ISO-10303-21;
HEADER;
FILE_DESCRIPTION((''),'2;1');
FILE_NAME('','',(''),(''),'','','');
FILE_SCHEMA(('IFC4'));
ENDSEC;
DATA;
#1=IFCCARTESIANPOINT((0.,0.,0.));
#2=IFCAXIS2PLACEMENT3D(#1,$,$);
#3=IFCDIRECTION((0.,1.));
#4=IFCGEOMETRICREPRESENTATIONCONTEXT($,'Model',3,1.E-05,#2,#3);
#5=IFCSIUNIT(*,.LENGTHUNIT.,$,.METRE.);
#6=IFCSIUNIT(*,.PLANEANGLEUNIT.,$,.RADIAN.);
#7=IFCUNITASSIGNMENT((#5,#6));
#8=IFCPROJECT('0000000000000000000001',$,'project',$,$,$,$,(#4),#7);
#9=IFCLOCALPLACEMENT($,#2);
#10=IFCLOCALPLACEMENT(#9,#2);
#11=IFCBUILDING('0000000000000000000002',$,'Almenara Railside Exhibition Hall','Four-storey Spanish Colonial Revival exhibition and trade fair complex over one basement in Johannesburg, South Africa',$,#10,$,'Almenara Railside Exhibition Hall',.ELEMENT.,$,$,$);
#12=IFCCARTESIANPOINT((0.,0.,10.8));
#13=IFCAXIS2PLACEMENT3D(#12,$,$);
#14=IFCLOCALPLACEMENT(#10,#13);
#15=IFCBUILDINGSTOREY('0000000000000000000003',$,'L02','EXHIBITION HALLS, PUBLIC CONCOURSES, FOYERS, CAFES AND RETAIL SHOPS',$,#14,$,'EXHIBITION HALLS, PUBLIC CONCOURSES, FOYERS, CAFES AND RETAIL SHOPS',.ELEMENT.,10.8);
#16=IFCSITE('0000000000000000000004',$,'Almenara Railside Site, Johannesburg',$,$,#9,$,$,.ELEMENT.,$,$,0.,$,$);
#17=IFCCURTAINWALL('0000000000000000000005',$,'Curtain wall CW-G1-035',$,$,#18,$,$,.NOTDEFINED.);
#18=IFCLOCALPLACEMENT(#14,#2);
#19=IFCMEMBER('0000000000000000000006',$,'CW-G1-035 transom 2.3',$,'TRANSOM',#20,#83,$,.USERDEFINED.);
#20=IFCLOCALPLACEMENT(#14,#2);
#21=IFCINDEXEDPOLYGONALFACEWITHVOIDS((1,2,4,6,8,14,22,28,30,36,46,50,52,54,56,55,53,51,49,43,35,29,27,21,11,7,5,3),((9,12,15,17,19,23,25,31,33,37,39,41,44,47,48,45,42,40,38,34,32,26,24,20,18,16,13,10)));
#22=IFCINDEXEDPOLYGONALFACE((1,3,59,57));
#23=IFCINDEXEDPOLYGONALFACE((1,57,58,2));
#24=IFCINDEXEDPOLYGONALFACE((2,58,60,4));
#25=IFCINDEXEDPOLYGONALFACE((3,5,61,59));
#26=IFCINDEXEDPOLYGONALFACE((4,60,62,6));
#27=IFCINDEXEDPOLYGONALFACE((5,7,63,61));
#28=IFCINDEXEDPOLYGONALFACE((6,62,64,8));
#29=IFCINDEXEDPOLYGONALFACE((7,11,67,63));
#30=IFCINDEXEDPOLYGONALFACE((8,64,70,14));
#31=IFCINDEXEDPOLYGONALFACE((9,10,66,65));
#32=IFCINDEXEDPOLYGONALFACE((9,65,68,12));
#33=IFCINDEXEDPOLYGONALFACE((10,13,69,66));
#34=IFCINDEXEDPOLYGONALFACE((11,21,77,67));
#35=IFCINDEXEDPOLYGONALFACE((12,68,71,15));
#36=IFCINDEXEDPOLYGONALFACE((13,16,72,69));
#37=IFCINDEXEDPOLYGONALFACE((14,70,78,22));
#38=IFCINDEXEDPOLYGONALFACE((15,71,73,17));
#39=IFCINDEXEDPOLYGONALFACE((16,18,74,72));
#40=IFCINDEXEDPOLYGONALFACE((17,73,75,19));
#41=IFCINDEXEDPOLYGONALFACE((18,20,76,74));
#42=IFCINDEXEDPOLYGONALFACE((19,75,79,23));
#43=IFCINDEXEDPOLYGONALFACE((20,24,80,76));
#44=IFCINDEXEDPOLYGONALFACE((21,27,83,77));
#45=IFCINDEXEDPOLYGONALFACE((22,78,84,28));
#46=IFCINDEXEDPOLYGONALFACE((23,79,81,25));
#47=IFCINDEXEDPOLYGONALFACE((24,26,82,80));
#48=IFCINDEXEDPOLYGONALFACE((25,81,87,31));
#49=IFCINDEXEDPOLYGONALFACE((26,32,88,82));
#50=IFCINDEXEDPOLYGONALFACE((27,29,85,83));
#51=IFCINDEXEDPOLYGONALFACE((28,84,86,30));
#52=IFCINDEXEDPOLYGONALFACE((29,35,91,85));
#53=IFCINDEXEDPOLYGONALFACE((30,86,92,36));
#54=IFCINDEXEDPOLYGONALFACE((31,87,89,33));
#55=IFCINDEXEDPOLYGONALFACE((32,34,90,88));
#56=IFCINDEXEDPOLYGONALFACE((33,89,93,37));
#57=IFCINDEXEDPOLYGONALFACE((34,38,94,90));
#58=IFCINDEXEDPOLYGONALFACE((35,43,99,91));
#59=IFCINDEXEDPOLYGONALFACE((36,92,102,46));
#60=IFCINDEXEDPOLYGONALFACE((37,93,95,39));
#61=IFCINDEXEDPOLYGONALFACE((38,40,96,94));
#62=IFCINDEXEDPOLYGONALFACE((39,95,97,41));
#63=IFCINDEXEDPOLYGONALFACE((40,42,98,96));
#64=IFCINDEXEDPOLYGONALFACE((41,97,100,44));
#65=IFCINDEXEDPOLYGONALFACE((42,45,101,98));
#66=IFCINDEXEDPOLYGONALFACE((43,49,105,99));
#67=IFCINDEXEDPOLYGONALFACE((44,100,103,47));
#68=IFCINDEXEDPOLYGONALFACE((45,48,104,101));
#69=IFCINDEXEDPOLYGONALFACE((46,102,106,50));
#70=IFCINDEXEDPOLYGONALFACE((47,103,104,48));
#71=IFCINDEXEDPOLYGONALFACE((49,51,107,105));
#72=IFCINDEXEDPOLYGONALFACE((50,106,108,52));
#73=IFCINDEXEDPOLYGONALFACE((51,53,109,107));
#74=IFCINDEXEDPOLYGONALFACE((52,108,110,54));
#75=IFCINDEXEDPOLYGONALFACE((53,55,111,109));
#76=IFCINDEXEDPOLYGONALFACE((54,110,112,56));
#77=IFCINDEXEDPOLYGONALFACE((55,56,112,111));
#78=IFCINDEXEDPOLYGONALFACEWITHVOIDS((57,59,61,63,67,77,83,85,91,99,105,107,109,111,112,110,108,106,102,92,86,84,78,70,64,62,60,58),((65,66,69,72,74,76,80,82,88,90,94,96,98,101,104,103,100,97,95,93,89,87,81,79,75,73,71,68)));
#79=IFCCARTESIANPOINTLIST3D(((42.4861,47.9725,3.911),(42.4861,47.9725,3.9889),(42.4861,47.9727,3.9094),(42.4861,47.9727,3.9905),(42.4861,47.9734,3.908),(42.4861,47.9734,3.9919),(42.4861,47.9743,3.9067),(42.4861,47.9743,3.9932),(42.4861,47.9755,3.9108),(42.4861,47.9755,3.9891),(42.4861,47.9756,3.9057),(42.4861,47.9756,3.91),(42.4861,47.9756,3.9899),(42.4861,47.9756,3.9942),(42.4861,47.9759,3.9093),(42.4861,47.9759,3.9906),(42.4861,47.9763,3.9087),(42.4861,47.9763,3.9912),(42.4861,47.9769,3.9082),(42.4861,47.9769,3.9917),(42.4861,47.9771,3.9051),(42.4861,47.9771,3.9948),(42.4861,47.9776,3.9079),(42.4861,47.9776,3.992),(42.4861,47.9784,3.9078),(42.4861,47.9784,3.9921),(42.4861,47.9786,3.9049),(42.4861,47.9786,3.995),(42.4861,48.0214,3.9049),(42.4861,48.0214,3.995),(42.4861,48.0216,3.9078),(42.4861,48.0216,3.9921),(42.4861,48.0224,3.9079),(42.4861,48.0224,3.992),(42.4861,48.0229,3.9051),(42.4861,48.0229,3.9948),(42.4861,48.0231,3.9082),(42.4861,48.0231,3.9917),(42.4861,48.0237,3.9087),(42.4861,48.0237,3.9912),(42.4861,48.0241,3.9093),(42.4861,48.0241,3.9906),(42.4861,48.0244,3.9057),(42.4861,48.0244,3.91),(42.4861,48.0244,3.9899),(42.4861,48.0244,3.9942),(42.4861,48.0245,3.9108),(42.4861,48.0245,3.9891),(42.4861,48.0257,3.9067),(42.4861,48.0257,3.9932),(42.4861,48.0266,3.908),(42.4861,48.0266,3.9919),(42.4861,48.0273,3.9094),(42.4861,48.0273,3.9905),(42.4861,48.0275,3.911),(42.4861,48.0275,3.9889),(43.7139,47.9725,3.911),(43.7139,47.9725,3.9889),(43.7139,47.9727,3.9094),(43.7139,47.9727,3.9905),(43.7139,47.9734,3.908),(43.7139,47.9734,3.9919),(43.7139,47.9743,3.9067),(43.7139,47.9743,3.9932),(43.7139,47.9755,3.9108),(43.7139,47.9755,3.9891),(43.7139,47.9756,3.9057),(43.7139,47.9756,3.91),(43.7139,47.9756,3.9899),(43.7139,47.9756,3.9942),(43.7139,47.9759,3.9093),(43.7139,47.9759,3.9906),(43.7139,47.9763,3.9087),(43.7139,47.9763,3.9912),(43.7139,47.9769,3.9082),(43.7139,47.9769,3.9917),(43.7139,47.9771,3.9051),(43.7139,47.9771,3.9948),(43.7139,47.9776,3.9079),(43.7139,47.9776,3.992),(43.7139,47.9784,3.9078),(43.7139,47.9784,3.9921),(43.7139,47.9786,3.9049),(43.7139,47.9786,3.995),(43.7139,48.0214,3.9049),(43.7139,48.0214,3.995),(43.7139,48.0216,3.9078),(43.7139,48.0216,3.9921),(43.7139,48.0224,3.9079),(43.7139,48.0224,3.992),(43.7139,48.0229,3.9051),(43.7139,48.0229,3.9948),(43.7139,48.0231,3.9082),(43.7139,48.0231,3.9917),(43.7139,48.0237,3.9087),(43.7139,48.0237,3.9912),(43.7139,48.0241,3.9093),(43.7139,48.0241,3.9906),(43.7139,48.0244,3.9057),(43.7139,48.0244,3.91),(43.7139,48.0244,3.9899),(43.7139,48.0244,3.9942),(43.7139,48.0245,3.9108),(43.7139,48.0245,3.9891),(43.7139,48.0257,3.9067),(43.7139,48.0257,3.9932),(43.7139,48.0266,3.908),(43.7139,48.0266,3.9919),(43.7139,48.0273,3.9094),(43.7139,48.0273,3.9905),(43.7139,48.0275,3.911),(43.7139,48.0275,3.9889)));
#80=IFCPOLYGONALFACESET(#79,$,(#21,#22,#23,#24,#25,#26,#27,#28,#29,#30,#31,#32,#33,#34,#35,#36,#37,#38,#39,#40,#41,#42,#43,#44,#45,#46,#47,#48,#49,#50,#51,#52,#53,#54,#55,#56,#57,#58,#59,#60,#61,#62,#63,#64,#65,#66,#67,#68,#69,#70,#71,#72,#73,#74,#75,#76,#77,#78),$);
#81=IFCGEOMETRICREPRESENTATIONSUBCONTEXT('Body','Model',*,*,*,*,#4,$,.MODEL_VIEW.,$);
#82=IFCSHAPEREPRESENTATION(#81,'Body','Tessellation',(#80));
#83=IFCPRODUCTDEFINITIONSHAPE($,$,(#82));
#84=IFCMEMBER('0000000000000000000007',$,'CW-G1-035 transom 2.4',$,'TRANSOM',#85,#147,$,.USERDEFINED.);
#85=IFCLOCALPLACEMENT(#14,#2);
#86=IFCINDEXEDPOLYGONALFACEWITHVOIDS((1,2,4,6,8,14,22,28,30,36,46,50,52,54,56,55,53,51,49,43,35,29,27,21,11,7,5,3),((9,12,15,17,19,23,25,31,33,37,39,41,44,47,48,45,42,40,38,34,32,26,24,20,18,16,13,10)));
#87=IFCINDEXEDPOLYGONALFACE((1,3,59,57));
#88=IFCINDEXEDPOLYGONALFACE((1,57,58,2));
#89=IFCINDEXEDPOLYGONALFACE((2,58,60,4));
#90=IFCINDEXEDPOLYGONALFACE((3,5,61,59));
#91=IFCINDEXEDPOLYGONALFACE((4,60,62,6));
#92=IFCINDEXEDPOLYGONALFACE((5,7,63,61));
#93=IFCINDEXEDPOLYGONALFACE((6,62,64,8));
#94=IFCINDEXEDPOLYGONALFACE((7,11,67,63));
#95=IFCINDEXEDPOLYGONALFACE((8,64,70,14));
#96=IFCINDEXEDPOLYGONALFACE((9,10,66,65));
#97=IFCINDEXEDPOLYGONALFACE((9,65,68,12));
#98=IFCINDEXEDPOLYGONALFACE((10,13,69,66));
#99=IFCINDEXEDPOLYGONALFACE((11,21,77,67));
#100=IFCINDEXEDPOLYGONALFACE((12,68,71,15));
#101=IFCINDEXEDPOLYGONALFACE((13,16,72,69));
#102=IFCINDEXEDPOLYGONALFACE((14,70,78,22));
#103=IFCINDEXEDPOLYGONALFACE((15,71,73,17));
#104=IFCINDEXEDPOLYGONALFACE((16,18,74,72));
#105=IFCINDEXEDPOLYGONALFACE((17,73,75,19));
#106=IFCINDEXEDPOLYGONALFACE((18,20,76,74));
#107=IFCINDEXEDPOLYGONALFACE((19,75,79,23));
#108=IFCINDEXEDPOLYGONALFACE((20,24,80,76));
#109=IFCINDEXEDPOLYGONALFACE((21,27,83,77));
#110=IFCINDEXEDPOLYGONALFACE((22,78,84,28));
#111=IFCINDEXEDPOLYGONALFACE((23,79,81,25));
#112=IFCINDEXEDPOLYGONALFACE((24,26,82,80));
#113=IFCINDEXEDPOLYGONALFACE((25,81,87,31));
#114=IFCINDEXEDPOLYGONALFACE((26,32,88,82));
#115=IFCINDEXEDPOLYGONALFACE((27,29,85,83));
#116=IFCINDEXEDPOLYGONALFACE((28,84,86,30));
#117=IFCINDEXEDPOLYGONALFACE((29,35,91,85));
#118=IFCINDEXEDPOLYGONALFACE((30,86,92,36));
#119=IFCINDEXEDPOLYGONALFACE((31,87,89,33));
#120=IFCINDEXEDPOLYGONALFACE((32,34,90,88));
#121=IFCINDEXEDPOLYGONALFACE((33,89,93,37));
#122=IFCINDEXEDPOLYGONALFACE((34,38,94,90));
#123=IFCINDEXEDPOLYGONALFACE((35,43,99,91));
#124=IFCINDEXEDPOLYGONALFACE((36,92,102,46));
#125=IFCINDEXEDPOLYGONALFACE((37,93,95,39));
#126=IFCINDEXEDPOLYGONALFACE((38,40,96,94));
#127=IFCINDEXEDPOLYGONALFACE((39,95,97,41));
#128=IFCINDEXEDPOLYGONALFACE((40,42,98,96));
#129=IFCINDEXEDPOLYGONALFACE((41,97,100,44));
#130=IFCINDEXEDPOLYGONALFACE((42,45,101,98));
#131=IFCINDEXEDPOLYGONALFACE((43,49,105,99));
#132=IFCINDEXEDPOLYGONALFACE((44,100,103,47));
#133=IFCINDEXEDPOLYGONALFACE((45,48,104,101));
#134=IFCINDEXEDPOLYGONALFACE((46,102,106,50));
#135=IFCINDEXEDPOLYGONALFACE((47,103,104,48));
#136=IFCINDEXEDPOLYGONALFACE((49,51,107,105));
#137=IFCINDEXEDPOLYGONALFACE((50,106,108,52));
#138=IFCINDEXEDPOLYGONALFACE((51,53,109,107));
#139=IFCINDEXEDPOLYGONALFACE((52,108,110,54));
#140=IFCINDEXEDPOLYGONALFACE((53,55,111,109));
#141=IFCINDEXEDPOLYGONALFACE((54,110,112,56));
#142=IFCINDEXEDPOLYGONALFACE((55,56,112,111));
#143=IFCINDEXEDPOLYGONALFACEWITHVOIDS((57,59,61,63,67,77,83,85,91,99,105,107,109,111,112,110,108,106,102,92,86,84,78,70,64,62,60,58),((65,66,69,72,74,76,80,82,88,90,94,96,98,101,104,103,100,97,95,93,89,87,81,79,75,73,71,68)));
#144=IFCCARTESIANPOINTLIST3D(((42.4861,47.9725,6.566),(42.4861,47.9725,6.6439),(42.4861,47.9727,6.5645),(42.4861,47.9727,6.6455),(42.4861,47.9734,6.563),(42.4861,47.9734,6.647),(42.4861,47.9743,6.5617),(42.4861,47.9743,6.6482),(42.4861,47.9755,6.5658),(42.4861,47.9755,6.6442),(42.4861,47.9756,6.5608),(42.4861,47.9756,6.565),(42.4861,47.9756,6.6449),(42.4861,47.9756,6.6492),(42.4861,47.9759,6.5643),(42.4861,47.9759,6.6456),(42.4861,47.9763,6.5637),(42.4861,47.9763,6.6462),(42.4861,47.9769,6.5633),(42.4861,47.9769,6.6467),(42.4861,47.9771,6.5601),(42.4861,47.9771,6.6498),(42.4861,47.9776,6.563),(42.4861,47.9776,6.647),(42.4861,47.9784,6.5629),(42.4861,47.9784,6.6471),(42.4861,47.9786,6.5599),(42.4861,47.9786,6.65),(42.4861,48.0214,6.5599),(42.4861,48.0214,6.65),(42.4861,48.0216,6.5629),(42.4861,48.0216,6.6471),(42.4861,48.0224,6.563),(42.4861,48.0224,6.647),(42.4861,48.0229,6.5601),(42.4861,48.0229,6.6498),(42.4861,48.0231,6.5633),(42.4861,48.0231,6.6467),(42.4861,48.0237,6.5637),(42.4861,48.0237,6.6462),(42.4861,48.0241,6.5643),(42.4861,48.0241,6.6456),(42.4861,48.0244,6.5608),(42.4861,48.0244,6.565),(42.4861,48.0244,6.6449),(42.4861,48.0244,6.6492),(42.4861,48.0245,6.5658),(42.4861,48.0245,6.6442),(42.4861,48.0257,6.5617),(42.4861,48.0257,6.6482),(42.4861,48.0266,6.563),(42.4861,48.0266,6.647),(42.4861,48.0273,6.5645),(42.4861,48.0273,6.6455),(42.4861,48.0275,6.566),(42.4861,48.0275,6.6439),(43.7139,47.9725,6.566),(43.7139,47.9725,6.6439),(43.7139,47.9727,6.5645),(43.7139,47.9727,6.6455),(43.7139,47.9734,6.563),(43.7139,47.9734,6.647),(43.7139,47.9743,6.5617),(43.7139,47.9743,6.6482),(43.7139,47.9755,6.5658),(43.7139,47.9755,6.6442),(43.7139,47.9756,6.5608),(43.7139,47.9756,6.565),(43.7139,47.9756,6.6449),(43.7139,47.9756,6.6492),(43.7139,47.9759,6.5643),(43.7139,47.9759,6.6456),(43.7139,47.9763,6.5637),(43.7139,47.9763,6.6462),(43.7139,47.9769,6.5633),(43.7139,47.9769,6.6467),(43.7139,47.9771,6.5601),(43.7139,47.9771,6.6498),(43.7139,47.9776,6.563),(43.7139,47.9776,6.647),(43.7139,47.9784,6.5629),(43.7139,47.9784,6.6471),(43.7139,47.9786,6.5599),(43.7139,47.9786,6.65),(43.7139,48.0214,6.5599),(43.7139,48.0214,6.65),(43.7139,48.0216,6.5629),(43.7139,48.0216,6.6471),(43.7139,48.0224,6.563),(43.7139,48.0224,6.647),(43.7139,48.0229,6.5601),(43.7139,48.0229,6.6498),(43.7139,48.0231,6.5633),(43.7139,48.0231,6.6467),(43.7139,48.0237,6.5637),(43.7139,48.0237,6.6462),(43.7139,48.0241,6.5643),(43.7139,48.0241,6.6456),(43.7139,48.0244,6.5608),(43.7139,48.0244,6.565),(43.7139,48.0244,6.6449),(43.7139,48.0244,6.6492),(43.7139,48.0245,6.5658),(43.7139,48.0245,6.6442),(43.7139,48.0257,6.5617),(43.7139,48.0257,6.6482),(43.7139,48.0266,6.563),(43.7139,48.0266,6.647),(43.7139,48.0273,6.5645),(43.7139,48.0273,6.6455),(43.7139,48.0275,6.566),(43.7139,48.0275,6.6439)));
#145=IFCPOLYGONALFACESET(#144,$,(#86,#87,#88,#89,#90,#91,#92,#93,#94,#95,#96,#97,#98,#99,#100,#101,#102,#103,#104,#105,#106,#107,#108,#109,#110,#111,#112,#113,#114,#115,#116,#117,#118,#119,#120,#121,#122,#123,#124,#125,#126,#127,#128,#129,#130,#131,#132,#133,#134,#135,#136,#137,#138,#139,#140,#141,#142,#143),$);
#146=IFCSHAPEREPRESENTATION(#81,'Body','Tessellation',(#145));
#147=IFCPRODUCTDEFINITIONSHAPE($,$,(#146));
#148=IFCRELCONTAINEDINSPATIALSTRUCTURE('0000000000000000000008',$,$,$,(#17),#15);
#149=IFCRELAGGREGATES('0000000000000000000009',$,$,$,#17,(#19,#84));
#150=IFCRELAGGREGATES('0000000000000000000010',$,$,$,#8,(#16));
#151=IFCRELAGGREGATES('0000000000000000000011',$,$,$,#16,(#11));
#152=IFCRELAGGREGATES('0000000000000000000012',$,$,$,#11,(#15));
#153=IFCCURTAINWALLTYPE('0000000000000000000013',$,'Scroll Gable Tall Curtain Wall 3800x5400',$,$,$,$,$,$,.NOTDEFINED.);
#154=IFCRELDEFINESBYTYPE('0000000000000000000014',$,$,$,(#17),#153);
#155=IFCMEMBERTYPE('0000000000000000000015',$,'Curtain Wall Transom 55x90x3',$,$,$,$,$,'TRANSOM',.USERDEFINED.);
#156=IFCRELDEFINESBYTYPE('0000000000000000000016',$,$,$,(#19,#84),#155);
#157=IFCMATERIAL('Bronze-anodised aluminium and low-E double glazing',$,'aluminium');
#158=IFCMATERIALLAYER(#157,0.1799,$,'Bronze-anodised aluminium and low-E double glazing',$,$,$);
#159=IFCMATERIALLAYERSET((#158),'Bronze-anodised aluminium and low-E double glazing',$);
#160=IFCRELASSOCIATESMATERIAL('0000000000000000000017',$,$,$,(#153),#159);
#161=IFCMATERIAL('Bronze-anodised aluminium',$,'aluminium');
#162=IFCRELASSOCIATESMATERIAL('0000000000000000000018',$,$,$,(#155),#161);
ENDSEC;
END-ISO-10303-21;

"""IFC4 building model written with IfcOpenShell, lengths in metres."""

from ifc_helpers import new_model, si_unit, direction, frame, origin, origin_2d, place, context, subcontext, project, spatial, hollow_rectangle, extrude, material, layer, layer_set, material_profile, profile_set, type_object, element, aggregate, save


model = new_model("IFC4")

# Units and contexts
model_context = context("Model", 3, precision=1e-05, world=origin(), true_north=direction((0.0, 1.0)))
body_context = subcontext(model_context, "Body", "Model", "MODEL_VIEW")
ifc_project = project(units=[si_unit("LENGTHUNIT", "METRE"), si_unit("PLANEANGLEUNIT", "RADIAN")], contexts=[model_context])

# Site, building, storey
site_placement = place(None, origin())
site = spatial("IfcSite", under=ifc_project, at=site_placement, Name="Almenara Railside Site, Johannesburg", CompositionType="ELEMENT", RefElevation=0.0)
building_placement = place(site_placement, origin())
building = spatial("IfcBuilding", under=site, at=building_placement, Name="Almenara Railside Exhibition Hall", Description="Four-storey Spanish Colonial Revival exhibition and trade fair complex over one basement in Johannesburg, South Africa", LongName="Almenara Railside Exhibition Hall", CompositionType="ELEMENT")
storey_placement = place(building_placement, frame((0.0, 0.0, 10.8)))
storey = spatial("IfcBuildingStorey", under=building, at=storey_placement, Name="L02", Description="EXHIBITION HALLS, PUBLIC CONCOURSES, FOYERS, CAFES AND RETAIL SHOPS", LongName="EXHIBITION HALLS, PUBLIC CONCOURSES, FOYERS, CAFES AND RETAIL SHOPS", CompositionType="ELEMENT", Elevation=10.8)

# Curtain wall
ifc_material_1 = material(Name="Bronze-anodised aluminium and low-E double glazing", Category="aluminium")
ifc_layer_1 = layer(ifc_material_1, 0.1799, Name="Bronze-anodised aluminium and low-E double glazing")
ifc_layer_set_1 = layer_set([ifc_layer_1], Name="Bronze-anodised aluminium and low-E double glazing")
curtain_wall_type = type_object("IfcCurtainWallType", Name="Scroll Gable Tall Curtain Wall 3800x5400", PredefinedType="NOTDEFINED", material=ifc_layer_set_1)
curtain_wall_1_placement = place(storey_placement, origin())
curtain_wall_1 = element("IfcCurtainWall", 1, at=curtain_wall_1_placement, inside=storey, type_object=curtain_wall_type, Name="Curtain wall CW-G1-035", PredefinedType="NOTDEFINED")
ifc_material_2 = material(Name="Bronze-anodised aluminium", Category="aluminium")

# Members
ifc_material_profile_1 = material_profile(ifc_material_2, hollow_rectangle(XDim=0.0549, YDim=0.0901, WallThickness=0.0029, InnerFilletRadius=0.0029, OuterFilletRadius=0.0061, at=origin_2d()), Name="ALU-TRN 55x90x3")
ifc_profile_set_1 = profile_set([ifc_material_profile_1], Name="Bronze-anodised aluminium")
member_type_1 = type_object("IfcMemberType", Name="Curtain Wall Transom 55x90x3", ElementType="TRANSOM", PredefinedType="USERDEFINED", material=ifc_profile_set_1)
member_1_placement = place(storey_placement, frame((42.4861, 48.0, 3.95), z_axis=(1.0, 0.0, 0.0), x_axis=(0.0, 1.0, 0.0)))
member_1 = element("IfcMember", 2, at=member_1_placement, type_object=member_type_1, Name="CW-G1-035 transom 2.3", ObjectType="TRANSOM", PredefinedType="USERDEFINED", context=body_context, shape_type="SweptSolid", body=[
    extrude(hollow_rectangle(XDim=0.0549, YDim=0.0901, WallThickness=0.0029, InnerFilletRadius=0.0029, OuterFilletRadius=0.0061, at=origin_2d()), origin(), (0.0, 0.0, 1.0), 1.2278),
])
member_2_placement = place(storey_placement, frame((42.4861, 48.0, 6.605), z_axis=(1.0, 0.0, 0.0), x_axis=(0.0, 1.0, 0.0)))
member_2 = element("IfcMember", 3, at=member_2_placement, type_object=member_type_1, Name="CW-G1-035 transom 2.4", ObjectType="TRANSOM", PredefinedType="USERDEFINED", context=body_context, shape_type="SweptSolid", body=[
    extrude(hollow_rectangle(XDim=0.0549, YDim=0.0901, WallThickness=0.0029, InnerFilletRadius=0.0029, OuterFilletRadius=0.0061, at=origin_2d()), origin(), (0.0, 0.0, 1.0), 1.2278),
])

aggregate(curtain_wall_1, [member_1, member_2])

save(model, "model.ifc")
